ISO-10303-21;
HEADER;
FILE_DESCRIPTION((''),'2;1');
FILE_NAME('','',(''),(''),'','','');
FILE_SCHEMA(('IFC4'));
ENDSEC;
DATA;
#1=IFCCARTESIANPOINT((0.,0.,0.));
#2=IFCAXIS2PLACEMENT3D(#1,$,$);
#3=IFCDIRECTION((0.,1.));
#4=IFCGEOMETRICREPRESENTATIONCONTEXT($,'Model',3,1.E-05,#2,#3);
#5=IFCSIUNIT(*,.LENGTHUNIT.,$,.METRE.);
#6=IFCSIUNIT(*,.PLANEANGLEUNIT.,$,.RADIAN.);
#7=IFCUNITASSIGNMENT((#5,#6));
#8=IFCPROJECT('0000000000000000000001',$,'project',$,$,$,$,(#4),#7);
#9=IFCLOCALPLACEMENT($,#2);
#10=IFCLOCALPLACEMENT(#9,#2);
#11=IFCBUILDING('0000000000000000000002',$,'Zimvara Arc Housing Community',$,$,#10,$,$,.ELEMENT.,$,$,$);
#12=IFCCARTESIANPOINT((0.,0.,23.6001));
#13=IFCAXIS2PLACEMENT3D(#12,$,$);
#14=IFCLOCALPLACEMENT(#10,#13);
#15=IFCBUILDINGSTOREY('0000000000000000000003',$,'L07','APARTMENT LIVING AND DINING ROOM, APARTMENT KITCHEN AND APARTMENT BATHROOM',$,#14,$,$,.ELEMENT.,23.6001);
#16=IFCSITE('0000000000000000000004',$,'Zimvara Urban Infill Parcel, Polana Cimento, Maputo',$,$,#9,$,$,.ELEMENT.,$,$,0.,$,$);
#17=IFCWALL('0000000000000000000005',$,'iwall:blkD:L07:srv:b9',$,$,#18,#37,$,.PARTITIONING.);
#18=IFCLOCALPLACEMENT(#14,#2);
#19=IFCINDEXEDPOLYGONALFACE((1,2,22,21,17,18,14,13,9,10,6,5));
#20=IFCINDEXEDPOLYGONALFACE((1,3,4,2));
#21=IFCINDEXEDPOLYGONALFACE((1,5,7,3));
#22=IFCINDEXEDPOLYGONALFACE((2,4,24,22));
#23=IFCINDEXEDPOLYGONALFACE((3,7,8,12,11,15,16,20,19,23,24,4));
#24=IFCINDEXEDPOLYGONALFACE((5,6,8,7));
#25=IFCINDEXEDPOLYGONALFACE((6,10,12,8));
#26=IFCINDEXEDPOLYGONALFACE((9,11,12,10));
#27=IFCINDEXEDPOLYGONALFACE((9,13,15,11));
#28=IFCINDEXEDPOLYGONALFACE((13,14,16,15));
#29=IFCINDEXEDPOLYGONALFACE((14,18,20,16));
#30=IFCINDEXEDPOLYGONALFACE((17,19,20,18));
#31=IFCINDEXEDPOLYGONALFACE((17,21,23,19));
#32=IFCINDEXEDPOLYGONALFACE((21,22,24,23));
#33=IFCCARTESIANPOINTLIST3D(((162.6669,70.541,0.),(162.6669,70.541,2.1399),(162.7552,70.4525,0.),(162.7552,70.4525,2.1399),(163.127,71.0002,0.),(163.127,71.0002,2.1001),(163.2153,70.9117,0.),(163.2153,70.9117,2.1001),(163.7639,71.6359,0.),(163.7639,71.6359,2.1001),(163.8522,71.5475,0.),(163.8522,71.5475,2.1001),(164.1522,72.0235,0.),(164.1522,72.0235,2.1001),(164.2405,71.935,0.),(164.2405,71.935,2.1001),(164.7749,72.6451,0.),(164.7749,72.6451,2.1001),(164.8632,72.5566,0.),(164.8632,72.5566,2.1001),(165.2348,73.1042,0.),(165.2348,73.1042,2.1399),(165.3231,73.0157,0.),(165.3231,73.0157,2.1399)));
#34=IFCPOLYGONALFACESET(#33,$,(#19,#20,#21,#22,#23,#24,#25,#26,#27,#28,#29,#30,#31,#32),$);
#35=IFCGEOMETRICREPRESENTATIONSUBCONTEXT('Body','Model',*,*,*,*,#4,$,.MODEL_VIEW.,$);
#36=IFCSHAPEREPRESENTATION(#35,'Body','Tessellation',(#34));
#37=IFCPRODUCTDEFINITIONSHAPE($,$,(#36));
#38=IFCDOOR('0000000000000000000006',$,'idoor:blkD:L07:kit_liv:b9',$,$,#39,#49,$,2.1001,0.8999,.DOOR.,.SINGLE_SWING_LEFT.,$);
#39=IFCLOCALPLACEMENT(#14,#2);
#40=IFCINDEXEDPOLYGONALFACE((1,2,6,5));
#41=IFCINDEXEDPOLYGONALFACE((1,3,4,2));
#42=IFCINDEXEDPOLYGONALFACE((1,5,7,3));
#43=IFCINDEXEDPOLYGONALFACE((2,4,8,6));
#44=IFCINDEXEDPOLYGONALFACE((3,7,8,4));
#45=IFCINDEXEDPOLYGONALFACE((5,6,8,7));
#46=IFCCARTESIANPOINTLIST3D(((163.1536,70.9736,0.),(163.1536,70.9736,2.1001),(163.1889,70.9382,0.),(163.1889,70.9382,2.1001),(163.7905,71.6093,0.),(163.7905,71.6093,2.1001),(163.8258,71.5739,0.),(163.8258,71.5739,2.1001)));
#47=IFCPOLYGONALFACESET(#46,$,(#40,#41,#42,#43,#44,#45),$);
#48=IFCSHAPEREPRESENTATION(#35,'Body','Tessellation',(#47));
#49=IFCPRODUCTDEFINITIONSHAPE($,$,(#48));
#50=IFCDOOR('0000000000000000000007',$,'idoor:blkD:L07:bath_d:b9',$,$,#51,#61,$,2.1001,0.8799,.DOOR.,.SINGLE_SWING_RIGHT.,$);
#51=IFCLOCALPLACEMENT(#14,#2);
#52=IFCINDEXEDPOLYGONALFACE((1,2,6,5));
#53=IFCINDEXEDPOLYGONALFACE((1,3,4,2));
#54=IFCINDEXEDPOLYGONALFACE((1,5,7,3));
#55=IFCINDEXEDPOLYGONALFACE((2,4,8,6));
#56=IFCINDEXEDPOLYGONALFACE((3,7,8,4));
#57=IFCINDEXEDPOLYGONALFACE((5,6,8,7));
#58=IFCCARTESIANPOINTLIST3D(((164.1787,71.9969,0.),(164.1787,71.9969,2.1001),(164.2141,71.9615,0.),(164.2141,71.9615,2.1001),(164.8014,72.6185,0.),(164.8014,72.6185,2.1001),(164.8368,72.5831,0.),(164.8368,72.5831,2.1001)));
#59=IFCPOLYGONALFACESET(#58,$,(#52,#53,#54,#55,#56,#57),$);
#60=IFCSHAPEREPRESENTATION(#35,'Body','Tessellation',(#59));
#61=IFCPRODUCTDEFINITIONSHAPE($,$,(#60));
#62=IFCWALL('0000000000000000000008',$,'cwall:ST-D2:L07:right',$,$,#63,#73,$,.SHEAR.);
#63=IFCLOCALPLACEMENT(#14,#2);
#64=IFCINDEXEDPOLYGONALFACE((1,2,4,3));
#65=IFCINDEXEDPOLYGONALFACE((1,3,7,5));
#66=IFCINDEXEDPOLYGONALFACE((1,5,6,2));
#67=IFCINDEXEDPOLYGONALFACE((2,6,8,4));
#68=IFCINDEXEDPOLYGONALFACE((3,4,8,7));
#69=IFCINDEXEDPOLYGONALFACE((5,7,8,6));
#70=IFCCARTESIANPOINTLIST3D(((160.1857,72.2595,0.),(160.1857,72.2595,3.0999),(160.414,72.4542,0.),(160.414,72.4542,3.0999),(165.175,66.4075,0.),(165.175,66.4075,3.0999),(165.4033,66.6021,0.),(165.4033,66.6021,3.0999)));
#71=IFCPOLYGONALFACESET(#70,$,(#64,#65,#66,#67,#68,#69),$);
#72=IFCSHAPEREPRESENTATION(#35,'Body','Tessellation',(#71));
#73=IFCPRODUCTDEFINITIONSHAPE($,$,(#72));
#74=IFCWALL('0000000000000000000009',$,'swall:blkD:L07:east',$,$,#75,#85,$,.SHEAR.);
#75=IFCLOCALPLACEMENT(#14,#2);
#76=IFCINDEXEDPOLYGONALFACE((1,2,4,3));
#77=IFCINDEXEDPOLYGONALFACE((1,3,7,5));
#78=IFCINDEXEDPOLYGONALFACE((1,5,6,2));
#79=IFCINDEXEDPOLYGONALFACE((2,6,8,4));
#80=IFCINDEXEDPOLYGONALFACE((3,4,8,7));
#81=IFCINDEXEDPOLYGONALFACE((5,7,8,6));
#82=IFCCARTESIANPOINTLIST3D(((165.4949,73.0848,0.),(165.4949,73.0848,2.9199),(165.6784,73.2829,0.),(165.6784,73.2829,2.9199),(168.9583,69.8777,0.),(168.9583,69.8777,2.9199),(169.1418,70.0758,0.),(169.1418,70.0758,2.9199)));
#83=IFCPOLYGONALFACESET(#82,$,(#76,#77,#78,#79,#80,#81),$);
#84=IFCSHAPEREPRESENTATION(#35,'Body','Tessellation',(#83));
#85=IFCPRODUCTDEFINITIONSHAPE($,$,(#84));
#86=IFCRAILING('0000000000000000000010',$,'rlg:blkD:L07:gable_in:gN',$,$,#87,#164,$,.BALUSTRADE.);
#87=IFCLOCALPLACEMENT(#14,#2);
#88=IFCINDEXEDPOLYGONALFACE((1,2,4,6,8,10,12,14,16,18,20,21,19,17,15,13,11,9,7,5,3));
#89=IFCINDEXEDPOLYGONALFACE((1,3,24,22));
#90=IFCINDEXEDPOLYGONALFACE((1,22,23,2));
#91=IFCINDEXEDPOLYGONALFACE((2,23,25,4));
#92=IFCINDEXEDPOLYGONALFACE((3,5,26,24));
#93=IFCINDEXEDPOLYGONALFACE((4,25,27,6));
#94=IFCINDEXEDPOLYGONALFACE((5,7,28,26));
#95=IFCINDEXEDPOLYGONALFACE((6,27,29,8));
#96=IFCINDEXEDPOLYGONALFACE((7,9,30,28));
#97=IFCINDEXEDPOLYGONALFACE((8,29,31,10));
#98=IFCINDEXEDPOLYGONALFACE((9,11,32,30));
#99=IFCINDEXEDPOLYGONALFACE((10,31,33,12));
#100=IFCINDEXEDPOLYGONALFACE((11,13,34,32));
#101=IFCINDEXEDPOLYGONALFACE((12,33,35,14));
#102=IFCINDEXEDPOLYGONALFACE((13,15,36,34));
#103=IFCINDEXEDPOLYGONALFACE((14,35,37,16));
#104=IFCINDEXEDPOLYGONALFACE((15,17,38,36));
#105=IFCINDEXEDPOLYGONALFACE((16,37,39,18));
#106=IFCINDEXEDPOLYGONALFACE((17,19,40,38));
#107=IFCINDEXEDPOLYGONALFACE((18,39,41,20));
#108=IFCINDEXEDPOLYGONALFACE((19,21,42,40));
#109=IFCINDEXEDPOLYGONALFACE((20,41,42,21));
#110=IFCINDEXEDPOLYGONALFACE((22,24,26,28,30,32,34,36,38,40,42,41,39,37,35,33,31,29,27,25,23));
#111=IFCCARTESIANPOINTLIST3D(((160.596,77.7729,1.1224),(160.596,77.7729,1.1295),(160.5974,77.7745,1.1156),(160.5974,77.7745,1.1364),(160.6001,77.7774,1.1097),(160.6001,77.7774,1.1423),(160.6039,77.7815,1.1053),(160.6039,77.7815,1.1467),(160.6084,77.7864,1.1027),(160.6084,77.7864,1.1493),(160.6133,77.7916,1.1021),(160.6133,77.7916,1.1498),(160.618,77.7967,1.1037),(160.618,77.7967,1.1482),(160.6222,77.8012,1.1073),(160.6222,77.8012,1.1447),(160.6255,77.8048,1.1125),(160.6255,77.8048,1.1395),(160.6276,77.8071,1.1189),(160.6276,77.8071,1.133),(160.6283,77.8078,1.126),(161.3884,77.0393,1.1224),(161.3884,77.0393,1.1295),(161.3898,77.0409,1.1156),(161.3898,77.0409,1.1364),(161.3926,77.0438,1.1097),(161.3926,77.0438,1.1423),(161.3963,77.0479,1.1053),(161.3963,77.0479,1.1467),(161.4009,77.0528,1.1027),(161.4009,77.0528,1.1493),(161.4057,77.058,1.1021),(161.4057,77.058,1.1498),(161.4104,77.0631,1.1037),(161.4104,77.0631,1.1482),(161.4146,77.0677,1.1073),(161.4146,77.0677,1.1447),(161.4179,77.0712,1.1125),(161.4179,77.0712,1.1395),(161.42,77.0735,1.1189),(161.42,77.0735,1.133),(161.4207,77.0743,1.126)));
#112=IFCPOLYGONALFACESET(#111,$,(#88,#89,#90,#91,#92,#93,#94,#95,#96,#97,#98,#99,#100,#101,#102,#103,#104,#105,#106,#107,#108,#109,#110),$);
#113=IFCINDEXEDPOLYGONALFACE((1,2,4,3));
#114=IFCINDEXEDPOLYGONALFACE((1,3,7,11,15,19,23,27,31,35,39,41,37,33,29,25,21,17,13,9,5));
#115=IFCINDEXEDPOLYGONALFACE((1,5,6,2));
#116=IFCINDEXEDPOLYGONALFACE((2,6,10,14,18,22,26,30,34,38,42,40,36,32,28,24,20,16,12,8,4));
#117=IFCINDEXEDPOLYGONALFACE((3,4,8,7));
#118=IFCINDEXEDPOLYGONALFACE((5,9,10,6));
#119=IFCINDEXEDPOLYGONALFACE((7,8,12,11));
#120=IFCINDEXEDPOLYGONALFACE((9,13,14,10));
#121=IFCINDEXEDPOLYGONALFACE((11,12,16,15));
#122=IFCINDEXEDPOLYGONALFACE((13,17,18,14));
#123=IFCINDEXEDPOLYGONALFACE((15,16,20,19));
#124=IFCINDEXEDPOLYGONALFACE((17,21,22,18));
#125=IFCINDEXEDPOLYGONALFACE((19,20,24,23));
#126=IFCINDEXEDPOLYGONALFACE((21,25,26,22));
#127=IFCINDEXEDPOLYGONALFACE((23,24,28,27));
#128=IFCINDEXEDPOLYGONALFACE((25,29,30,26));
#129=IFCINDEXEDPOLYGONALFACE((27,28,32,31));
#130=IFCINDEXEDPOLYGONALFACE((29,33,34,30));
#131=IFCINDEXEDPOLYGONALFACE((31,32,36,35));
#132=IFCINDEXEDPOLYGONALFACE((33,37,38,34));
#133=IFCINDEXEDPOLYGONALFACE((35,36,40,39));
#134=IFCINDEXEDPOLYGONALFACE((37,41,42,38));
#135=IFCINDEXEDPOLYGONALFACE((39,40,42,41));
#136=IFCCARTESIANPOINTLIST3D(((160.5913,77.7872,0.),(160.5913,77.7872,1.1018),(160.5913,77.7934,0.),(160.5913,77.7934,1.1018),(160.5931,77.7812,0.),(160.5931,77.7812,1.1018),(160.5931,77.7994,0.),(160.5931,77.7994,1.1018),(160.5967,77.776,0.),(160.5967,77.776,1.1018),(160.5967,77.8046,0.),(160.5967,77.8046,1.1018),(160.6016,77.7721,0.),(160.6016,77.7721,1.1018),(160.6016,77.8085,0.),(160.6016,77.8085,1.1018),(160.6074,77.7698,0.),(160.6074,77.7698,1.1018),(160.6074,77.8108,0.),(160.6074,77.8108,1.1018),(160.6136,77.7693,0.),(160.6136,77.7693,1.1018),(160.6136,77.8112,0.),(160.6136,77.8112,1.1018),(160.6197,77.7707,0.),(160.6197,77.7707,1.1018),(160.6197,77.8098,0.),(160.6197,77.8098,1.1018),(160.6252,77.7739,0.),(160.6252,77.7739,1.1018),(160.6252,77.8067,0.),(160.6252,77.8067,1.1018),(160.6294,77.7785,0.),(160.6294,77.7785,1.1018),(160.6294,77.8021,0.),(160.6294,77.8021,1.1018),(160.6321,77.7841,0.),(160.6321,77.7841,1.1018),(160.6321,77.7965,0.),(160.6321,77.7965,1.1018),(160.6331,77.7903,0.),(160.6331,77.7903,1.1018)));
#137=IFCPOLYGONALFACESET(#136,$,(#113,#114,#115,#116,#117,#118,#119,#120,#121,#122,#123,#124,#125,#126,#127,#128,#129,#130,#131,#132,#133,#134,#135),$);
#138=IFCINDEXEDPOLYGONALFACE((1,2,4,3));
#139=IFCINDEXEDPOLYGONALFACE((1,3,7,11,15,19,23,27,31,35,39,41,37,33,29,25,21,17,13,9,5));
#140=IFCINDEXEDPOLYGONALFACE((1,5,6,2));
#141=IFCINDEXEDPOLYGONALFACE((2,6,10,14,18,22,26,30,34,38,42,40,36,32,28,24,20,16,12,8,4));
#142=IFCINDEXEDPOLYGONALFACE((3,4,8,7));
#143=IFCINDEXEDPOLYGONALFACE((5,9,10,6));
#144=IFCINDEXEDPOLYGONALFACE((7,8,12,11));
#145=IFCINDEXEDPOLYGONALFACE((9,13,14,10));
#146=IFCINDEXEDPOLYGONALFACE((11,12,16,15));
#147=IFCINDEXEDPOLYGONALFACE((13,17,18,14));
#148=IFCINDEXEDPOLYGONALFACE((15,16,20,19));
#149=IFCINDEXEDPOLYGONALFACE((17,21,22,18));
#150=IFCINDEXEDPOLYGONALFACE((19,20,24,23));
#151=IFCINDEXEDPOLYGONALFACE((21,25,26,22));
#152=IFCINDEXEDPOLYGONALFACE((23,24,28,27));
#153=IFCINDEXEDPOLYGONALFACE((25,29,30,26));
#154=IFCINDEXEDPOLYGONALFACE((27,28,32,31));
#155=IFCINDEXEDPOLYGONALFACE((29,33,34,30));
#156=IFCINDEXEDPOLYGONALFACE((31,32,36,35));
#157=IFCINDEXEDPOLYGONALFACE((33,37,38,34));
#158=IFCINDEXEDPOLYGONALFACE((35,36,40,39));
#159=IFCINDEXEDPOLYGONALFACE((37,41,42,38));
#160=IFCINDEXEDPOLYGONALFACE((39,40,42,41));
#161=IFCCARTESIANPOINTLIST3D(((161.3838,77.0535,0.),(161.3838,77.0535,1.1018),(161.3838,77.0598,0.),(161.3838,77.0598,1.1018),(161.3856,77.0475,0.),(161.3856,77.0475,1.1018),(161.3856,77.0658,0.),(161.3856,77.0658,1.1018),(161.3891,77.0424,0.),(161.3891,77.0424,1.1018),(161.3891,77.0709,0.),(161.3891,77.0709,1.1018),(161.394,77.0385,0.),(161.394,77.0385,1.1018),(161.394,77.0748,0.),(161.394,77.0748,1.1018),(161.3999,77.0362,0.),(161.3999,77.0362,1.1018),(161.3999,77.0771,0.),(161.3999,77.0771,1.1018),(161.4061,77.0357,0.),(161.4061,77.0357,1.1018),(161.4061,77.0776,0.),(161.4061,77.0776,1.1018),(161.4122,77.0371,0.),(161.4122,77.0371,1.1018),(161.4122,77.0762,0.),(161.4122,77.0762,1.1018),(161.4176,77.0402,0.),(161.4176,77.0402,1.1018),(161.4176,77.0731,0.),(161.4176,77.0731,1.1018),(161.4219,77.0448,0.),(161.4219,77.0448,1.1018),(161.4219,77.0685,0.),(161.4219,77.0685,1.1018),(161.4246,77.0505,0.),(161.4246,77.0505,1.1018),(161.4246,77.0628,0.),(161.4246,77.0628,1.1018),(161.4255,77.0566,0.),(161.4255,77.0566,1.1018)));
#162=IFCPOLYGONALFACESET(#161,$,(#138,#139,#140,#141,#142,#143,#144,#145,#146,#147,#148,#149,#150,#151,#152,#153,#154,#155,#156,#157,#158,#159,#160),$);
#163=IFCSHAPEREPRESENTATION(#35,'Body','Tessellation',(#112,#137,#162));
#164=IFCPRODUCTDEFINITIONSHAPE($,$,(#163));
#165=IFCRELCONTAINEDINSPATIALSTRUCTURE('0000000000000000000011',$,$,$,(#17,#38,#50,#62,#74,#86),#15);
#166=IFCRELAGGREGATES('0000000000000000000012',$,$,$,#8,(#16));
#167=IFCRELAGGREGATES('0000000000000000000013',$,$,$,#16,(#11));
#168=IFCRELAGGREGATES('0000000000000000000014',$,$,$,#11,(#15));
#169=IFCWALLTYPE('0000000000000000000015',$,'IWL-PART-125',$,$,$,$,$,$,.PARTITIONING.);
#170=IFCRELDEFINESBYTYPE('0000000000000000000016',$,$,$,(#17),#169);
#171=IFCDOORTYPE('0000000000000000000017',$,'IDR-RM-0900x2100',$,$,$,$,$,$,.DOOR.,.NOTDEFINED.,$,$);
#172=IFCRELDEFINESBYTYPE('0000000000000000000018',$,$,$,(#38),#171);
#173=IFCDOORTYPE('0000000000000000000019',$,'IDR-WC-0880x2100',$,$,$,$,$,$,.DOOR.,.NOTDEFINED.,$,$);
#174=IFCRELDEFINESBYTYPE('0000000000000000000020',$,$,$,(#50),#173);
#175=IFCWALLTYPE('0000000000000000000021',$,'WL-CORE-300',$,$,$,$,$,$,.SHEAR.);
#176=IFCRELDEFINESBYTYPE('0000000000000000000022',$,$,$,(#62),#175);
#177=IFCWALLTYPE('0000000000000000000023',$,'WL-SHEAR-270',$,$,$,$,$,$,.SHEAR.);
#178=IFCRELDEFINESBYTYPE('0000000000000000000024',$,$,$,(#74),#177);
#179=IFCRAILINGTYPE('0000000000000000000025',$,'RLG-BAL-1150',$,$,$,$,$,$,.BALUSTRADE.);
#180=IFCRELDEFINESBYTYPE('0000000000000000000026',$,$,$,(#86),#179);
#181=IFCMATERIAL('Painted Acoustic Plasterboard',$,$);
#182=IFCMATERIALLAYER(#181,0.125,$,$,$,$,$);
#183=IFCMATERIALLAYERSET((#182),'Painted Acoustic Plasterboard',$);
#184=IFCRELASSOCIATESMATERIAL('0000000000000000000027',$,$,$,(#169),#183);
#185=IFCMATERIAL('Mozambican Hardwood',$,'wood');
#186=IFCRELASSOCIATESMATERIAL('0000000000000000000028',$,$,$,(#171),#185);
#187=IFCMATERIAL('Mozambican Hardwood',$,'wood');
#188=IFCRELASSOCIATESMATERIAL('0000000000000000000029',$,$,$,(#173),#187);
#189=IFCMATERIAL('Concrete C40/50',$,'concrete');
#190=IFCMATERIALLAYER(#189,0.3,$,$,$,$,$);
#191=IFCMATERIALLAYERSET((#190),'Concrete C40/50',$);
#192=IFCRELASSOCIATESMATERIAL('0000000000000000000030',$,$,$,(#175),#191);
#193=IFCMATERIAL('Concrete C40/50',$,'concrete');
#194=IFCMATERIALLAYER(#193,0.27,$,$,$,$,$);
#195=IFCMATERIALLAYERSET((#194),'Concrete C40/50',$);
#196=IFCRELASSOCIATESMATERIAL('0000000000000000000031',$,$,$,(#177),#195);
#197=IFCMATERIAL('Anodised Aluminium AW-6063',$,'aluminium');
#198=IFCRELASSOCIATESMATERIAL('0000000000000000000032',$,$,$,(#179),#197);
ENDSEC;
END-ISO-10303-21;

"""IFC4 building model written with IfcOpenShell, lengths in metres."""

from ifc_helpers import new_model, si_unit, direction, frame, frame_2d, origin, origin_2d, place, context, subcontext, project, spatial, rectangle, circle, extrude, material, layer, layer_set, type_object, element, fill, save


model = new_model("IFC4")

# Units and contexts
model_context = context("Model", 3, precision=1e-05, world=origin(), true_north=direction((0.0, 1.0)))
body_context = subcontext(model_context, "Body", "Model", "MODEL_VIEW")
ifc_project = project(units=[si_unit("LENGTHUNIT", "METRE"), si_unit("PLANEANGLEUNIT", "RADIAN")], contexts=[model_context])

# Site, building, storey
site_placement = place(None, origin())
site = spatial("IfcSite", under=ifc_project, at=site_placement, Name="Zimvara Urban Infill Parcel, Polana Cimento, Maputo", CompositionType="ELEMENT", RefElevation=0.0)
building_placement = place(site_placement, origin())
building = spatial("IfcBuilding", under=site, at=building_placement, Name="Zimvara Arc Housing Community", CompositionType="ELEMENT")
storey_placement = place(building_placement, frame((0.0, 0.0, 23.6001)))
storey = spatial("IfcBuildingStorey", under=building, at=storey_placement, Name="L07", Description="APARTMENT LIVING AND DINING ROOM, APARTMENT KITCHEN AND APARTMENT BATHROOM", CompositionType="ELEMENT", Elevation=23.6001)

# Wall, openings, doors
ifc_material_1 = material(Name="Painted Acoustic Plasterboard")
ifc_layer_1 = layer(ifc_material_1, 0.125)
ifc_layer_set_1 = layer_set([ifc_layer_1], Name="Painted Acoustic Plasterboard")
wall_type_1 = type_object("IfcWallType", Name="IWL-PART-125", PredefinedType="PARTITIONING", material=ifc_layer_set_1)
wall_1_placement = place(storey_placement, frame((162.7112, 70.4968, 0.0), z_axis=(0.0, 0.0, 1.0), x_axis=(0.707746, 0.706467, 0.0)))
wall_1 = element("IfcWall", 1, at=wall_1_placement, inside=storey, type_object=wall_type_1, Name="iwall:blkD:L07:srv:b9", PredefinedType="PARTITIONING", context=body_context, shape_type="SweptSolid", body=[
    extrude(rectangle(XDim=3.6282, YDim=0.125, at=frame_2d((1.814, 0.0))), origin(), (0.0, 0.0, 1.0), 2.1399),
])
opening_1_placement = place(wall_1_placement, frame((0.6499, 0.0, 0.0)))
opening_1 = element("IfcOpeningElement", 2, at=opening_1_placement, cuts=wall_1, PredefinedType="OPENING", context=body_context, shape_type="SweptSolid", body=[
    extrude(rectangle(XDim=0.8999, YDim=2.1001, at=frame_2d((0.45, 1.05))), frame((0.0, 0.0725, 0.0), z_axis=(0.0, -1.0, 0.0), x_axis=(1.0, 0.0, 0.0)), (0.0, 0.0, 1.0), 0.145),
])
opening_2_placement = place(wall_1_placement, frame((2.0984, 0.0, 0.0)))
opening_2 = element("IfcOpeningElement", 3, at=opening_2_placement, cuts=wall_1, PredefinedType="OPENING", context=body_context, shape_type="SweptSolid", body=[
    extrude(rectangle(XDim=0.8799, YDim=2.1001, at=frame_2d((0.4399, 1.05))), frame((0.0, 0.0725, 0.0), z_axis=(0.0, -1.0, 0.0), x_axis=(1.0, 0.0, 0.0)), (0.0, 0.0, 1.0), 0.145),
])
ifc_material_2 = material(Name="Mozambican Hardwood", Category="wood")
door_type_1 = type_object("IfcDoorType", Name="IDR-RM-0900x2100", OperationType="NOTDEFINED", PredefinedType="DOOR", material=ifc_material_2)
door_1_placement = place(opening_1_placement, origin())
door_1 = element("IfcDoor", 4, at=door_1_placement, inside=storey, type_object=door_type_1, Name="idoor:blkD:L07:kit_liv:b9", OperationType="SINGLE_SWING_LEFT", OverallHeight=2.1001, OverallWidth=0.8999, PredefinedType="DOOR", context=body_context, shape_type="SweptSolid", body=[
    extrude(rectangle(XDim=0.8999, YDim=2.1001, at=frame_2d((0.45, 1.05))), frame((0.0, 0.0249, 0.0), z_axis=(0.0, -1.0, 0.0), x_axis=(1.0, 0.0, 0.0)), (0.0, 0.0, 1.0), 0.05),
])
fill(opening_1, door_1)
ifc_material_3 = material(Name="Mozambican Hardwood", Category="wood")
door_type_2 = type_object("IfcDoorType", Name="IDR-WC-0880x2100", OperationType="NOTDEFINED", PredefinedType="DOOR", material=ifc_material_3)
door_2_placement = place(opening_2_placement, origin())
door_2 = element("IfcDoor", 5, at=door_2_placement, inside=storey, type_object=door_type_2, Name="idoor:blkD:L07:bath_d:b9", OperationType="SINGLE_SWING_RIGHT", OverallHeight=2.1001, OverallWidth=0.8799, PredefinedType="DOOR", context=body_context, shape_type="SweptSolid", body=[
    extrude(rectangle(XDim=0.8799, YDim=2.1001, at=frame_2d((0.4399, 1.05))), frame((0.0, 0.0249, 0.0), z_axis=(0.0, -1.0, 0.0), x_axis=(1.0, 0.0, 0.0)), (0.0, 0.0, 1.0), 0.05),
])
fill(opening_2, door_2)

# Walls
ifc_material_4 = material(Name="Concrete C40/50", Category="concrete")
ifc_layer_2 = layer(ifc_material_4, 0.3)
ifc_layer_set_2 = layer_set([ifc_layer_2], Name="Concrete C40/50")
wall_type_2 = type_object("IfcWallType", Name="WL-CORE-300", PredefinedType="SHEAR", material=ifc_layer_set_2)
wall_2_placement = place(storey_placement, frame((160.2998, 72.3569, 0.0), z_axis=(0.0, 0.0, 1.0), x_axis=(0.648781, -0.760975, 0.0)))
element("IfcWall", 6, at=wall_2_placement, inside=storey, type_object=wall_type_2, Name="cwall:ST-D2:L07:right", PredefinedType="SHEAR", context=body_context, shape_type="SweptSolid", body=[
    extrude(rectangle(XDim=7.6902, YDim=0.3, at=frame_2d((3.8452, 0.0))), origin(), (0.0, 0.0, 1.0), 3.0999),
])
ifc_material_5 = material(Name="Concrete C40/50", Category="concrete")
ifc_layer_3 = layer(ifc_material_5, 0.27)
ifc_layer_set_3 = layer_set([ifc_layer_3], Name="Concrete C40/50")
wall_type_3 = type_object("IfcWallType", Name="WL-SHEAR-270", PredefinedType="SHEAR", material=ifc_layer_set_3)
wall_3_placement = place(storey_placement, frame((165.5867, 73.1838, 0.0), z_axis=(0.0, 0.0, 1.0), x_axis=(0.73374, -0.679431, 0.0)))
element("IfcWall", 7, at=wall_3_placement, inside=storey, type_object=wall_type_3, Name="swall:blkD:L07:east", PredefinedType="SHEAR", context=body_context, shape_type="SweptSolid", body=[
    extrude(rectangle(XDim=4.7202, YDim=0.27, at=frame_2d((2.3601, 0.0))), origin(), (0.0, 0.0, 1.0), 2.9199),
])

# Railing
ifc_material_6 = material(Name="Anodised Aluminium AW-6063", Category="aluminium")
railing_type = type_object("IfcRailingType", Name="RLG-BAL-1150", PredefinedType="BALUSTRADE", material=ifc_material_6)
railing_1_placement = place(storey_placement, frame((160.6121, 77.7903, 0.0)))
element("IfcRailing", 8, at=railing_1_placement, inside=storey, type_object=railing_type, Name="rlg:blkD:L07:gable_in:gN", PredefinedType="BALUSTRADE", context=body_context, shape_type="SweptSolid", body=[
    extrude(circle(Radius=0.0239, at=origin_2d()), frame((0.0, 0.0, 1.126), z_axis=(0.733823, -0.67934, 0.0), x_axis=(0.67934, 0.733823, 0.0)), (0.0, 0.0, 1.0), 1.0798),
    extrude(circle(Radius=0.021, at=origin_2d()), origin(), (0.0, 0.0, 1.0), 1.1018),
    extrude(circle(Radius=0.021, at=origin_2d()), frame((0.7925, -0.7336, 0.0)), (0.0, 0.0, 1.0), 1.1018),
])

save(model, "model.ifc")
